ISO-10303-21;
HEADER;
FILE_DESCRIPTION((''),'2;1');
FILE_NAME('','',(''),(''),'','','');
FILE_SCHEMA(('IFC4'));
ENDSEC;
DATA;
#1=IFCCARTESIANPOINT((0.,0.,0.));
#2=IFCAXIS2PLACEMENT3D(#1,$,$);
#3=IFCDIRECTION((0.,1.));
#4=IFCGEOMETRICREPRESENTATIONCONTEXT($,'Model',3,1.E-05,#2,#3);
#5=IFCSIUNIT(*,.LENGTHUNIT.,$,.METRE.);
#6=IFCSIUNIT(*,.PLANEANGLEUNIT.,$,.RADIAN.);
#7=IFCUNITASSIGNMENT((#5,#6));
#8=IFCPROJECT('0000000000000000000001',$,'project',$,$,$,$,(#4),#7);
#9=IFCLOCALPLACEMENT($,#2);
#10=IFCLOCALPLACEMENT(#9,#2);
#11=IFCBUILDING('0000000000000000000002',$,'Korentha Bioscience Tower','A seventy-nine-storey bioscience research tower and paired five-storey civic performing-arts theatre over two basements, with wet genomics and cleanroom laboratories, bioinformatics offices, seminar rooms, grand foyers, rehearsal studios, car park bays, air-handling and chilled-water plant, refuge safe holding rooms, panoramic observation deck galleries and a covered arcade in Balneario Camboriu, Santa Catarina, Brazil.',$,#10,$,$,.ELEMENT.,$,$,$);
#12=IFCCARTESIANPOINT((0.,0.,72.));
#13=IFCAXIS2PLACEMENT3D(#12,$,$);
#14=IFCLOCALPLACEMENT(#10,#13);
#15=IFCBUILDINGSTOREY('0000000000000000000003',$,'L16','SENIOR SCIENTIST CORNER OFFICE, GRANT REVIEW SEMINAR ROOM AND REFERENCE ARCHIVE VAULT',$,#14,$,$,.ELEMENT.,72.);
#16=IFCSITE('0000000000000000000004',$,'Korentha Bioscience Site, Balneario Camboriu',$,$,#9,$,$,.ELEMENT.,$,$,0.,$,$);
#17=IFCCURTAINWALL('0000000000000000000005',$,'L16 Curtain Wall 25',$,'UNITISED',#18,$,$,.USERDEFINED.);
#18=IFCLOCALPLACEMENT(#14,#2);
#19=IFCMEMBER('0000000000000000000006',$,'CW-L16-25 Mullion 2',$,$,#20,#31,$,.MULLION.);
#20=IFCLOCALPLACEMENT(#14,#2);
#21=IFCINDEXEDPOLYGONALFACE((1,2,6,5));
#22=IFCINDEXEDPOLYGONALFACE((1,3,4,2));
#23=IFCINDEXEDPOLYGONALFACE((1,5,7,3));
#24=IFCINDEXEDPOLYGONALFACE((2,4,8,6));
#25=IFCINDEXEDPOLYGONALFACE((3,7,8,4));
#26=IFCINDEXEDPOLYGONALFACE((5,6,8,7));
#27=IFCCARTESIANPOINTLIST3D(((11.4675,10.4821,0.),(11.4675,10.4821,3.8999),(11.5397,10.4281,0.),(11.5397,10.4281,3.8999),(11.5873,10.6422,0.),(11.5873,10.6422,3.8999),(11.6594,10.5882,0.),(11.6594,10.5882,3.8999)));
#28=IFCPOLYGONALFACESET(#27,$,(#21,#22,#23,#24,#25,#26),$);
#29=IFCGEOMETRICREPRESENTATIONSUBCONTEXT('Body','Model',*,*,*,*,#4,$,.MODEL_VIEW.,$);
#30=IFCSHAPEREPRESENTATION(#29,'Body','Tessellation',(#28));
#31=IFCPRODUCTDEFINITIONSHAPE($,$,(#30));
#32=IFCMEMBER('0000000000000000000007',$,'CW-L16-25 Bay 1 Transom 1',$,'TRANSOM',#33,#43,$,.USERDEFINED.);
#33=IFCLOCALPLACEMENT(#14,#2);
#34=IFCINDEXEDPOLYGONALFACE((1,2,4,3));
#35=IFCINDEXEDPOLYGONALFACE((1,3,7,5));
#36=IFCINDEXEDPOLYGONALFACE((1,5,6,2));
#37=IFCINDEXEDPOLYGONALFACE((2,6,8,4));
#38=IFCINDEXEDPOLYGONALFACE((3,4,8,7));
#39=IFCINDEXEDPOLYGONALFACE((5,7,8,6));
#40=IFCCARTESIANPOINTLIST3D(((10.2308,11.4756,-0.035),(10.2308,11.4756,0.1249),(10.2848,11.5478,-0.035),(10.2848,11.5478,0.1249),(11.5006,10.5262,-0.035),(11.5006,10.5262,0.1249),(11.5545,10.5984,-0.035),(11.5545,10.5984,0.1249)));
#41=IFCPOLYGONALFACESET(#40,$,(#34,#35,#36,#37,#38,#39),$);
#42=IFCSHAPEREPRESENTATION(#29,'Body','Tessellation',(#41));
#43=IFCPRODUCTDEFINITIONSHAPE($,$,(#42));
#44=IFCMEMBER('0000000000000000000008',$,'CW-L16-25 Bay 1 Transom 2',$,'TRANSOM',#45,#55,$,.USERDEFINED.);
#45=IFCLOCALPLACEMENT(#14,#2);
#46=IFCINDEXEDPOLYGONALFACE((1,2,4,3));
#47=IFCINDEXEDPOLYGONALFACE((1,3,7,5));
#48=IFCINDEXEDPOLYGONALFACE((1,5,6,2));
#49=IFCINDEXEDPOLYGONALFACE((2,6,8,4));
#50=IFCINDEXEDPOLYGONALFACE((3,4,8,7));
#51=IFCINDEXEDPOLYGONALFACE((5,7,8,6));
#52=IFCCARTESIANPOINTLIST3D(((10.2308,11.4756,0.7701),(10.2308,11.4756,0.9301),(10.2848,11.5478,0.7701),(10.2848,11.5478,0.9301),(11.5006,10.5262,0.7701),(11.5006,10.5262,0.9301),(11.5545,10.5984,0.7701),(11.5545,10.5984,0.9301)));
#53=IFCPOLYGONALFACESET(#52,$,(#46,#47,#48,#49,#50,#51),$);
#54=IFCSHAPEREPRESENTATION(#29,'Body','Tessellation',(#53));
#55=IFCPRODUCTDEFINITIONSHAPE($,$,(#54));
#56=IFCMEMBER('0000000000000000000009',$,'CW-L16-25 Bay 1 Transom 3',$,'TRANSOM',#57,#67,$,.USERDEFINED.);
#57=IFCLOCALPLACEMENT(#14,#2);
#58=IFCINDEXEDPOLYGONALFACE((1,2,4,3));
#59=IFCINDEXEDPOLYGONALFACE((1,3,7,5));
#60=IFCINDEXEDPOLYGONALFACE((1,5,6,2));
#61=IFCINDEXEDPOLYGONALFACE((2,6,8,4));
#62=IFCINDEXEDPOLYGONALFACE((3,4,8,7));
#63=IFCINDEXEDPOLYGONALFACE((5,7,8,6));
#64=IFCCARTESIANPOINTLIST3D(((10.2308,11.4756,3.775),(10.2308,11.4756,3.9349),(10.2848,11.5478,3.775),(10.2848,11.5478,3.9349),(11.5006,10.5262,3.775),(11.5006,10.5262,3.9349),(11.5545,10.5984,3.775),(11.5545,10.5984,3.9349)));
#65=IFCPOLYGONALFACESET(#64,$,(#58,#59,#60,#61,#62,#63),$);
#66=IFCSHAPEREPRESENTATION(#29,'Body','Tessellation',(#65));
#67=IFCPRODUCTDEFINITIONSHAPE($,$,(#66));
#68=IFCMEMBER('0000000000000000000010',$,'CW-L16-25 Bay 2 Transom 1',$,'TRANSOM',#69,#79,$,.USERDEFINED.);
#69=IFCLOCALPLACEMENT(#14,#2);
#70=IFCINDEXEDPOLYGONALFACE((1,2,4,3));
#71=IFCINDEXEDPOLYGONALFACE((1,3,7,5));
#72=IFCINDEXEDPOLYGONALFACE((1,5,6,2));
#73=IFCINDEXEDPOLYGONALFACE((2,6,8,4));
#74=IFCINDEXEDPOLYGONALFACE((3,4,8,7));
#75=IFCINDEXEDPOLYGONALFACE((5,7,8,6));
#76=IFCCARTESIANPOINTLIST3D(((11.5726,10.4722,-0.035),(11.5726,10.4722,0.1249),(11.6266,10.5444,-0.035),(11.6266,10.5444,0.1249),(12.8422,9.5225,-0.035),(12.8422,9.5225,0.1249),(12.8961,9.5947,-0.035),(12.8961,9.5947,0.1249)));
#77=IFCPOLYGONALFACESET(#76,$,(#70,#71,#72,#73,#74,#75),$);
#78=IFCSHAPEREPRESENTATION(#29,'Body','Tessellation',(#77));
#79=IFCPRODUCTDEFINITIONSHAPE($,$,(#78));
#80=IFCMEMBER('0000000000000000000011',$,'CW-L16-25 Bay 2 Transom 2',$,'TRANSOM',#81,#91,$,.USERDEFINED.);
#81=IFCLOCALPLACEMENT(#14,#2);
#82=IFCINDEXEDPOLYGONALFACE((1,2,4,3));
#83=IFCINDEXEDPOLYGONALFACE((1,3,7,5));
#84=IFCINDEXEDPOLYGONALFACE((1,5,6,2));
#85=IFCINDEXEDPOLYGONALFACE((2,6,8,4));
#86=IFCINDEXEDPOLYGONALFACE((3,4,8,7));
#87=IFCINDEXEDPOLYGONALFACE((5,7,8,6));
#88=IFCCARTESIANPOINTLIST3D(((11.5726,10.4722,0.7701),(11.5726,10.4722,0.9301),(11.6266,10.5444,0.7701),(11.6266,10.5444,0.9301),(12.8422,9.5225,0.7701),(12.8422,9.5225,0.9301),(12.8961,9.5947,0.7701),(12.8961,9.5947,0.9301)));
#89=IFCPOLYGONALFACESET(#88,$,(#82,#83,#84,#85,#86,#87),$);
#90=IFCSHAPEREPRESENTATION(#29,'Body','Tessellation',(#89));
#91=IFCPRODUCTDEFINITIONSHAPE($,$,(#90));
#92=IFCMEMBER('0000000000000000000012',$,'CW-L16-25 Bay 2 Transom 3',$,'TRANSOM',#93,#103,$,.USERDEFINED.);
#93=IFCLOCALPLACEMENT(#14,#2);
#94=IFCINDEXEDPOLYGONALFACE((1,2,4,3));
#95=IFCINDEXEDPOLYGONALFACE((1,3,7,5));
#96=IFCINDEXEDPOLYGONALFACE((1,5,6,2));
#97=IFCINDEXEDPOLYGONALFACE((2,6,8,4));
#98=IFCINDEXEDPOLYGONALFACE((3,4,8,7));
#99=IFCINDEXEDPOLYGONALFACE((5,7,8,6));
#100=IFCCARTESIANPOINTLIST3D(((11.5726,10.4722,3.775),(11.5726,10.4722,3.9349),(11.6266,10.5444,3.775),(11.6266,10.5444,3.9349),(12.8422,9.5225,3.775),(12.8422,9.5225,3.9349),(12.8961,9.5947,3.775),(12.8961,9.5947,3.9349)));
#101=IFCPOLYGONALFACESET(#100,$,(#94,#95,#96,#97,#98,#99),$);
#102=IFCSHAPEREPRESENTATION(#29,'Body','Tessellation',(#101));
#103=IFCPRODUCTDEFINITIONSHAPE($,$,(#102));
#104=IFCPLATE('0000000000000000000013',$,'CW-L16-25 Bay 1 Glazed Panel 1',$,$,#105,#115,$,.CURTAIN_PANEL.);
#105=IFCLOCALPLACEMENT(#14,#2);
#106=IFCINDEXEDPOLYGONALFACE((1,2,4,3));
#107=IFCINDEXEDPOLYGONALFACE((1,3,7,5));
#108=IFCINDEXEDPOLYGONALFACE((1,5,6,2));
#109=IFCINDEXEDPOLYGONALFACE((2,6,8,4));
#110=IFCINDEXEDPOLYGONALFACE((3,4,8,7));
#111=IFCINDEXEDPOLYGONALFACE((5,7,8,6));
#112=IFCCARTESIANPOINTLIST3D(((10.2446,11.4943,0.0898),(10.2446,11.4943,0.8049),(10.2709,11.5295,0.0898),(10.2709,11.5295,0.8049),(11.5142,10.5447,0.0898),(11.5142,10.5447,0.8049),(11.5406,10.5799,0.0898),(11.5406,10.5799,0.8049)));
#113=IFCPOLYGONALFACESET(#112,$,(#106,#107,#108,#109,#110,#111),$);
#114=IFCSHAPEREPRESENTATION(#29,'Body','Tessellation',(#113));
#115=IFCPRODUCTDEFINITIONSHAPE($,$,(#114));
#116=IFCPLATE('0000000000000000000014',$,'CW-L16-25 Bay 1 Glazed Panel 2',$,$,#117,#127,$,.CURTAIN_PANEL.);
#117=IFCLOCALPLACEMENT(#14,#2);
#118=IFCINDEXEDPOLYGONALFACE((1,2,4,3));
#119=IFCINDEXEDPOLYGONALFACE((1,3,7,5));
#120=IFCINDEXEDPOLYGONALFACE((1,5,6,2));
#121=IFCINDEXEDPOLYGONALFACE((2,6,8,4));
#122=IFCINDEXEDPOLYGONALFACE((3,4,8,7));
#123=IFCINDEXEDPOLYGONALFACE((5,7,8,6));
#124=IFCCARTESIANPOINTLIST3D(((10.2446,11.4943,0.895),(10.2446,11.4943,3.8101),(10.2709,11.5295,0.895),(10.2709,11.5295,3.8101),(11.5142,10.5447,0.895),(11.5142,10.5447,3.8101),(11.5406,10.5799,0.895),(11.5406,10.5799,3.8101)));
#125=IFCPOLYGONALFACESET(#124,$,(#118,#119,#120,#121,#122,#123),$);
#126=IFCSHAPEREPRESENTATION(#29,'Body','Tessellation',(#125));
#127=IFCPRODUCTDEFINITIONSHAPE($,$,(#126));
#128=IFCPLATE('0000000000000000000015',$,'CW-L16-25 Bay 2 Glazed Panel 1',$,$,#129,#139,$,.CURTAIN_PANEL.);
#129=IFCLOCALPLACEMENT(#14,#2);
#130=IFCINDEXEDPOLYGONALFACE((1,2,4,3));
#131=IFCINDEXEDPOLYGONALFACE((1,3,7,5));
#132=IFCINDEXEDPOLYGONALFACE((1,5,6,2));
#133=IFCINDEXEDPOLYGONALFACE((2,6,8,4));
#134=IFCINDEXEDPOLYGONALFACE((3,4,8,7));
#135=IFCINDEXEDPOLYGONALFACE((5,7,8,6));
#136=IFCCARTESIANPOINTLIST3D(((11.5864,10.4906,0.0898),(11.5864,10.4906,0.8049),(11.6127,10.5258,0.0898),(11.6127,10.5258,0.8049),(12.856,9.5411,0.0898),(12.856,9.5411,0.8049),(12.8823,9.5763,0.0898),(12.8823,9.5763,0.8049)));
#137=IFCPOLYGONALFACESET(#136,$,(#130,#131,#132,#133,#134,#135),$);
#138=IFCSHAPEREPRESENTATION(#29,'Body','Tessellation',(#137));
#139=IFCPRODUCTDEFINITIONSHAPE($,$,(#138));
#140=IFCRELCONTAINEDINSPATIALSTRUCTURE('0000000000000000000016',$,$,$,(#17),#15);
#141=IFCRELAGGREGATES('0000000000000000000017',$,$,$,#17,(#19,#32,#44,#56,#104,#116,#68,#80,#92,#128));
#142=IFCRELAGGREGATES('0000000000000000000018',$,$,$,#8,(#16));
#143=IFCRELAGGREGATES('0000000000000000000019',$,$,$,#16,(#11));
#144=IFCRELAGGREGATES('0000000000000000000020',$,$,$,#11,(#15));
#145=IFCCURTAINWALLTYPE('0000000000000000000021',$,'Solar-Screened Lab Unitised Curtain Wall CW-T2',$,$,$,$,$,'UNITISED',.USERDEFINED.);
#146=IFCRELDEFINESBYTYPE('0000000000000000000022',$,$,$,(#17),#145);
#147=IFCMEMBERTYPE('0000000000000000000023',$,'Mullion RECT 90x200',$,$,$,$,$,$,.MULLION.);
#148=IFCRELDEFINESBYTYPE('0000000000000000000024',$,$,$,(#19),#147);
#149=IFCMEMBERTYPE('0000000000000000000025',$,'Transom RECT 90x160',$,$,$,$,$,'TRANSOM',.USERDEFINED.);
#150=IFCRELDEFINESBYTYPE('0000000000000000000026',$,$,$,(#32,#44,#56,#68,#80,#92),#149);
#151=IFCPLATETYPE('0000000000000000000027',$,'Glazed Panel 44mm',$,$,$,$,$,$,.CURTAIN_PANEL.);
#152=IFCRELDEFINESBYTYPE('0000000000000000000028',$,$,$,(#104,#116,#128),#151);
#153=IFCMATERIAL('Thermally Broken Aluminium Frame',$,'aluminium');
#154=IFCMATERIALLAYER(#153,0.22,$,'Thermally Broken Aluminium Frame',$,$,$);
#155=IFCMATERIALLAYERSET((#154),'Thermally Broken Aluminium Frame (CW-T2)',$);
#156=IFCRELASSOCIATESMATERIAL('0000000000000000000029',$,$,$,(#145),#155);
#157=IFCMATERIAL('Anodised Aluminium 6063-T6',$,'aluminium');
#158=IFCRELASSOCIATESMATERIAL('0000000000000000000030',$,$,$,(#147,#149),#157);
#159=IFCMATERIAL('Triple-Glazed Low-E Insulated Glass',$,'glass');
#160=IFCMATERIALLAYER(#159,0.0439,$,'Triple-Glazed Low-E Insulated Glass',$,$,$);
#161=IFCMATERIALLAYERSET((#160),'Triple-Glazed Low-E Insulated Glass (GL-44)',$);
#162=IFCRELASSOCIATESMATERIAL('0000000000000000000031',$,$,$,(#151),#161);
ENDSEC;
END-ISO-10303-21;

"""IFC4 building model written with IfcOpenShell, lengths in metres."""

from ifc_helpers import new_model, si_unit, direction, frame, origin, origin_2d, place, context, subcontext, project, spatial, rectangle, extrude, material, layer, layer_set, material_profile, profile_set, type_object, element, aggregate, save


model = new_model("IFC4")

# Units and contexts
model_context = context("Model", 3, precision=1e-05, world=origin(), true_north=direction((0.0, 1.0)))
body_context = subcontext(model_context, "Body", "Model", "MODEL_VIEW")
ifc_project = project(units=[si_unit("LENGTHUNIT", "METRE"), si_unit("PLANEANGLEUNIT", "RADIAN")], contexts=[model_context])

# Site, building, storey
site_placement = place(None, origin())
site = spatial("IfcSite", under=ifc_project, at=site_placement, Name="Korentha Bioscience Site, Balneario Camboriu", CompositionType="ELEMENT", RefElevation=0.0)
building_placement = place(site_placement, origin())
building = spatial("IfcBuilding", under=site, at=building_placement, Name="Korentha Bioscience Tower", Description="A seventy-nine-storey bioscience research tower and paired five-storey civic performing-arts theatre over two basements, with wet genomics and cleanroom laboratories, bioinformatics offices, seminar rooms, grand foyers, rehearsal studios, car park bays, air-handling and chilled-water plant, refuge safe holding rooms, panoramic observation deck galleries and a covered arcade in Balneario Camboriu, Santa Catarina, Brazil.", CompositionType="ELEMENT")
storey_placement = place(building_placement, frame((0.0, 0.0, 72.0)))
storey = spatial("IfcBuildingStorey", under=building, at=storey_placement, Name="L16", Description="SENIOR SCIENTIST CORNER OFFICE, GRANT REVIEW SEMINAR ROOM AND REFERENCE ARCHIVE VAULT", CompositionType="ELEMENT", Elevation=72.0)

# Curtain wall, members, plates
ifc_material_1 = material(Name="Thermally Broken Aluminium Frame", Category="aluminium")
ifc_layer_1 = layer(ifc_material_1, 0.22, Name="Thermally Broken Aluminium Frame")
ifc_layer_set_1 = layer_set([ifc_layer_1], Name="Thermally Broken Aluminium Frame (CW-T2)")
curtain_wall_type = type_object("IfcCurtainWallType", Name="Solar-Screened Lab Unitised Curtain Wall CW-T2", ElementType="UNITISED", PredefinedType="USERDEFINED", material=ifc_layer_set_1)
curtain_wall_placement = place(storey_placement, origin())
curtain_wall = element("IfcCurtainWall", 1, at=curtain_wall_placement, inside=storey, type_object=curtain_wall_type, Name="L16 Curtain Wall 25", ObjectType="UNITISED", PredefinedType="USERDEFINED")
ifc_material_2 = material(Name="Anodised Aluminium 6063-T6", Category="aluminium")
ifc_material_profile_1 = material_profile(ifc_material_2, rectangle(XDim=0.0901, YDim=0.2, at=origin_2d()), Name="Anodised Aluminium 6063-T6")
ifc_profile_set_1 = profile_set([ifc_material_profile_1], Name="Anodised Aluminium 6063-T6 (CW-MUL)")
member_type_1 = type_object("IfcMemberType", Name="Mullion RECT 90x200", PredefinedType="MULLION", material=ifc_profile_set_1)
member_1_placement = place(storey_placement, frame((11.5635, 10.5352, 0.0), z_axis=(0.0, 0.0, 1.0), x_axis=(0.800798, -0.598935, 0.0)))
member_1 = element("IfcMember", 2, at=member_1_placement, type_object=member_type_1, Name="CW-L16-25 Mullion 2", PredefinedType="MULLION", context=body_context, shape_type="SweptSolid", body=[
    extrude(rectangle(XDim=0.0901, YDim=0.2, at=origin_2d()), origin(), (0.0, 0.0, 1.0), 3.8999),
])
ifc_material_profile_2 = material_profile(ifc_material_2, rectangle(XDim=0.0901, YDim=0.1599, at=origin_2d()), Name="Anodised Aluminium 6063-T6")
ifc_profile_set_2 = profile_set([ifc_material_profile_2], Name="Anodised Aluminium 6063-T6 (CW-TRN)")
member_type_2 = type_object("IfcMemberType", Name="Transom RECT 90x160", ElementType="TRANSOM", PredefinedType="USERDEFINED", material=ifc_profile_set_2)
member_2_placement = place(storey_placement, frame((10.2578, 11.5117, 0.0449), z_axis=(0.800868, -0.598841, 0.0), x_axis=(0.598841, 0.800868, 0.0)))
member_2 = element("IfcMember", 3, at=member_2_placement, type_object=member_type_2, Name="CW-L16-25 Bay 1 Transom 1", ObjectType="TRANSOM", PredefinedType="USERDEFINED", context=body_context, shape_type="SweptSolid", body=[
    extrude(rectangle(XDim=0.0901, YDim=0.1599, at=origin_2d()), origin(), (0.0, 0.0, 1.0), 1.5854),
])
member_3_placement = place(storey_placement, frame((10.2578, 11.5117, 0.8501), z_axis=(0.800868, -0.598841, 0.0), x_axis=(0.598841, 0.800868, 0.0)))
member_3 = element("IfcMember", 4, at=member_3_placement, type_object=member_type_2, Name="CW-L16-25 Bay 1 Transom 2", ObjectType="TRANSOM", PredefinedType="USERDEFINED", context=body_context, shape_type="SweptSolid", body=[
    extrude(rectangle(XDim=0.0901, YDim=0.1599, at=origin_2d()), origin(), (0.0, 0.0, 1.0), 1.5854),
])
member_4_placement = place(storey_placement, frame((10.2578, 11.5117, 3.855), z_axis=(0.800868, -0.598841, 0.0), x_axis=(0.598841, 0.800868, 0.0)))
member_4 = element("IfcMember", 5, at=member_4_placement, type_object=member_type_2, Name="CW-L16-25 Bay 1 Transom 3", ObjectType="TRANSOM", PredefinedType="USERDEFINED", context=body_context, shape_type="SweptSolid", body=[
    extrude(rectangle(XDim=0.0901, YDim=0.1599, at=origin_2d()), origin(), (0.0, 0.0, 1.0), 1.5854),
])
member_5_placement = place(storey_placement, frame((11.5996, 10.5083, 0.0449), z_axis=(0.800739, -0.599014, 0.0), x_axis=(0.599014, 0.800739, 0.0)))
member_5 = element("IfcMember", 6, at=member_5_placement, type_object=member_type_2, Name="CW-L16-25 Bay 2 Transom 1", ObjectType="TRANSOM", PredefinedType="USERDEFINED", context=body_context, shape_type="SweptSolid", body=[
    extrude(rectangle(XDim=0.0901, YDim=0.1599, at=origin_2d()), origin(), (0.0, 0.0, 1.0), 1.5854),
])
member_6_placement = place(storey_placement, frame((11.5996, 10.5083, 0.8501), z_axis=(0.800739, -0.599014, 0.0), x_axis=(0.599014, 0.800739, 0.0)))
member_6 = element("IfcMember", 7, at=member_6_placement, type_object=member_type_2, Name="CW-L16-25 Bay 2 Transom 2", ObjectType="TRANSOM", PredefinedType="USERDEFINED", context=body_context, shape_type="SweptSolid", body=[
    extrude(rectangle(XDim=0.0901, YDim=0.1599, at=origin_2d()), origin(), (0.0, 0.0, 1.0), 1.5854),
])
member_7_placement = place(storey_placement, frame((11.5996, 10.5083, 3.855), z_axis=(0.800739, -0.599014, 0.0), x_axis=(0.599014, 0.800739, 0.0)))
member_7 = element("IfcMember", 8, at=member_7_placement, type_object=member_type_2, Name="CW-L16-25 Bay 2 Transom 3", ObjectType="TRANSOM", PredefinedType="USERDEFINED", context=body_context, shape_type="SweptSolid", body=[
    extrude(rectangle(XDim=0.0901, YDim=0.1599, at=origin_2d()), origin(), (0.0, 0.0, 1.0), 1.5854),
])
ifc_material_3 = material(Name="Triple-Glazed Low-E Insulated Glass", Category="glass")
ifc_layer_2 = layer(ifc_material_3, 0.0439, Name="Triple-Glazed Low-E Insulated Glass")
ifc_layer_set_2 = layer_set([ifc_layer_2], Name="Triple-Glazed Low-E Insulated Glass (GL-44)")
plate_type = type_object("IfcPlateType", Name="Glazed Panel 44mm", PredefinedType="CURTAIN_PANEL", material=ifc_layer_set_2)
plate_1_placement = place(storey_placement, frame((10.8926, 11.0371, 0.0898), z_axis=(0.0, 0.0, 1.0), x_axis=(0.800798, -0.598935, 0.0)))
plate_1 = element("IfcPlate", 9, at=plate_1_placement, type_object=plate_type, Name="CW-L16-25 Bay 1 Glazed Panel 1", PredefinedType="CURTAIN_PANEL", context=body_context, shape_type="SweptSolid", body=[
    extrude(rectangle(XDim=1.5854, YDim=0.0439, at=origin_2d()), origin(), (0.0, 0.0, 1.0), 0.7151),
])
plate_2_placement = place(storey_placement, frame((10.8926, 11.0371, 0.895), z_axis=(0.0, 0.0, 1.0), x_axis=(0.800798, -0.598935, 0.0)))
plate_2 = element("IfcPlate", 10, at=plate_2_placement, type_object=plate_type, Name="CW-L16-25 Bay 1 Glazed Panel 2", PredefinedType="CURTAIN_PANEL", context=body_context, shape_type="SweptSolid", body=[
    extrude(rectangle(XDim=1.5854, YDim=0.0439, at=origin_2d()), origin(), (0.0, 0.0, 1.0), 2.915),
])
plate_3_placement = place(storey_placement, frame((12.2344, 10.0334, 0.0898), z_axis=(0.0, 0.0, 1.0), x_axis=(0.800798, -0.598935, 0.0)))
plate_3 = element("IfcPlate", 11, at=plate_3_placement, type_object=plate_type, Name="CW-L16-25 Bay 2 Glazed Panel 1", PredefinedType="CURTAIN_PANEL", context=body_context, shape_type="SweptSolid", body=[
    extrude(rectangle(XDim=1.5854, YDim=0.0439, at=origin_2d()), origin(), (0.0, 0.0, 1.0), 0.7151),
])
aggregate(curtain_wall, [member_1, member_2, member_3, member_4, plate_1, plate_2, member_5, member_6, member_7, plate_3])

save(model, "model.ifc")
